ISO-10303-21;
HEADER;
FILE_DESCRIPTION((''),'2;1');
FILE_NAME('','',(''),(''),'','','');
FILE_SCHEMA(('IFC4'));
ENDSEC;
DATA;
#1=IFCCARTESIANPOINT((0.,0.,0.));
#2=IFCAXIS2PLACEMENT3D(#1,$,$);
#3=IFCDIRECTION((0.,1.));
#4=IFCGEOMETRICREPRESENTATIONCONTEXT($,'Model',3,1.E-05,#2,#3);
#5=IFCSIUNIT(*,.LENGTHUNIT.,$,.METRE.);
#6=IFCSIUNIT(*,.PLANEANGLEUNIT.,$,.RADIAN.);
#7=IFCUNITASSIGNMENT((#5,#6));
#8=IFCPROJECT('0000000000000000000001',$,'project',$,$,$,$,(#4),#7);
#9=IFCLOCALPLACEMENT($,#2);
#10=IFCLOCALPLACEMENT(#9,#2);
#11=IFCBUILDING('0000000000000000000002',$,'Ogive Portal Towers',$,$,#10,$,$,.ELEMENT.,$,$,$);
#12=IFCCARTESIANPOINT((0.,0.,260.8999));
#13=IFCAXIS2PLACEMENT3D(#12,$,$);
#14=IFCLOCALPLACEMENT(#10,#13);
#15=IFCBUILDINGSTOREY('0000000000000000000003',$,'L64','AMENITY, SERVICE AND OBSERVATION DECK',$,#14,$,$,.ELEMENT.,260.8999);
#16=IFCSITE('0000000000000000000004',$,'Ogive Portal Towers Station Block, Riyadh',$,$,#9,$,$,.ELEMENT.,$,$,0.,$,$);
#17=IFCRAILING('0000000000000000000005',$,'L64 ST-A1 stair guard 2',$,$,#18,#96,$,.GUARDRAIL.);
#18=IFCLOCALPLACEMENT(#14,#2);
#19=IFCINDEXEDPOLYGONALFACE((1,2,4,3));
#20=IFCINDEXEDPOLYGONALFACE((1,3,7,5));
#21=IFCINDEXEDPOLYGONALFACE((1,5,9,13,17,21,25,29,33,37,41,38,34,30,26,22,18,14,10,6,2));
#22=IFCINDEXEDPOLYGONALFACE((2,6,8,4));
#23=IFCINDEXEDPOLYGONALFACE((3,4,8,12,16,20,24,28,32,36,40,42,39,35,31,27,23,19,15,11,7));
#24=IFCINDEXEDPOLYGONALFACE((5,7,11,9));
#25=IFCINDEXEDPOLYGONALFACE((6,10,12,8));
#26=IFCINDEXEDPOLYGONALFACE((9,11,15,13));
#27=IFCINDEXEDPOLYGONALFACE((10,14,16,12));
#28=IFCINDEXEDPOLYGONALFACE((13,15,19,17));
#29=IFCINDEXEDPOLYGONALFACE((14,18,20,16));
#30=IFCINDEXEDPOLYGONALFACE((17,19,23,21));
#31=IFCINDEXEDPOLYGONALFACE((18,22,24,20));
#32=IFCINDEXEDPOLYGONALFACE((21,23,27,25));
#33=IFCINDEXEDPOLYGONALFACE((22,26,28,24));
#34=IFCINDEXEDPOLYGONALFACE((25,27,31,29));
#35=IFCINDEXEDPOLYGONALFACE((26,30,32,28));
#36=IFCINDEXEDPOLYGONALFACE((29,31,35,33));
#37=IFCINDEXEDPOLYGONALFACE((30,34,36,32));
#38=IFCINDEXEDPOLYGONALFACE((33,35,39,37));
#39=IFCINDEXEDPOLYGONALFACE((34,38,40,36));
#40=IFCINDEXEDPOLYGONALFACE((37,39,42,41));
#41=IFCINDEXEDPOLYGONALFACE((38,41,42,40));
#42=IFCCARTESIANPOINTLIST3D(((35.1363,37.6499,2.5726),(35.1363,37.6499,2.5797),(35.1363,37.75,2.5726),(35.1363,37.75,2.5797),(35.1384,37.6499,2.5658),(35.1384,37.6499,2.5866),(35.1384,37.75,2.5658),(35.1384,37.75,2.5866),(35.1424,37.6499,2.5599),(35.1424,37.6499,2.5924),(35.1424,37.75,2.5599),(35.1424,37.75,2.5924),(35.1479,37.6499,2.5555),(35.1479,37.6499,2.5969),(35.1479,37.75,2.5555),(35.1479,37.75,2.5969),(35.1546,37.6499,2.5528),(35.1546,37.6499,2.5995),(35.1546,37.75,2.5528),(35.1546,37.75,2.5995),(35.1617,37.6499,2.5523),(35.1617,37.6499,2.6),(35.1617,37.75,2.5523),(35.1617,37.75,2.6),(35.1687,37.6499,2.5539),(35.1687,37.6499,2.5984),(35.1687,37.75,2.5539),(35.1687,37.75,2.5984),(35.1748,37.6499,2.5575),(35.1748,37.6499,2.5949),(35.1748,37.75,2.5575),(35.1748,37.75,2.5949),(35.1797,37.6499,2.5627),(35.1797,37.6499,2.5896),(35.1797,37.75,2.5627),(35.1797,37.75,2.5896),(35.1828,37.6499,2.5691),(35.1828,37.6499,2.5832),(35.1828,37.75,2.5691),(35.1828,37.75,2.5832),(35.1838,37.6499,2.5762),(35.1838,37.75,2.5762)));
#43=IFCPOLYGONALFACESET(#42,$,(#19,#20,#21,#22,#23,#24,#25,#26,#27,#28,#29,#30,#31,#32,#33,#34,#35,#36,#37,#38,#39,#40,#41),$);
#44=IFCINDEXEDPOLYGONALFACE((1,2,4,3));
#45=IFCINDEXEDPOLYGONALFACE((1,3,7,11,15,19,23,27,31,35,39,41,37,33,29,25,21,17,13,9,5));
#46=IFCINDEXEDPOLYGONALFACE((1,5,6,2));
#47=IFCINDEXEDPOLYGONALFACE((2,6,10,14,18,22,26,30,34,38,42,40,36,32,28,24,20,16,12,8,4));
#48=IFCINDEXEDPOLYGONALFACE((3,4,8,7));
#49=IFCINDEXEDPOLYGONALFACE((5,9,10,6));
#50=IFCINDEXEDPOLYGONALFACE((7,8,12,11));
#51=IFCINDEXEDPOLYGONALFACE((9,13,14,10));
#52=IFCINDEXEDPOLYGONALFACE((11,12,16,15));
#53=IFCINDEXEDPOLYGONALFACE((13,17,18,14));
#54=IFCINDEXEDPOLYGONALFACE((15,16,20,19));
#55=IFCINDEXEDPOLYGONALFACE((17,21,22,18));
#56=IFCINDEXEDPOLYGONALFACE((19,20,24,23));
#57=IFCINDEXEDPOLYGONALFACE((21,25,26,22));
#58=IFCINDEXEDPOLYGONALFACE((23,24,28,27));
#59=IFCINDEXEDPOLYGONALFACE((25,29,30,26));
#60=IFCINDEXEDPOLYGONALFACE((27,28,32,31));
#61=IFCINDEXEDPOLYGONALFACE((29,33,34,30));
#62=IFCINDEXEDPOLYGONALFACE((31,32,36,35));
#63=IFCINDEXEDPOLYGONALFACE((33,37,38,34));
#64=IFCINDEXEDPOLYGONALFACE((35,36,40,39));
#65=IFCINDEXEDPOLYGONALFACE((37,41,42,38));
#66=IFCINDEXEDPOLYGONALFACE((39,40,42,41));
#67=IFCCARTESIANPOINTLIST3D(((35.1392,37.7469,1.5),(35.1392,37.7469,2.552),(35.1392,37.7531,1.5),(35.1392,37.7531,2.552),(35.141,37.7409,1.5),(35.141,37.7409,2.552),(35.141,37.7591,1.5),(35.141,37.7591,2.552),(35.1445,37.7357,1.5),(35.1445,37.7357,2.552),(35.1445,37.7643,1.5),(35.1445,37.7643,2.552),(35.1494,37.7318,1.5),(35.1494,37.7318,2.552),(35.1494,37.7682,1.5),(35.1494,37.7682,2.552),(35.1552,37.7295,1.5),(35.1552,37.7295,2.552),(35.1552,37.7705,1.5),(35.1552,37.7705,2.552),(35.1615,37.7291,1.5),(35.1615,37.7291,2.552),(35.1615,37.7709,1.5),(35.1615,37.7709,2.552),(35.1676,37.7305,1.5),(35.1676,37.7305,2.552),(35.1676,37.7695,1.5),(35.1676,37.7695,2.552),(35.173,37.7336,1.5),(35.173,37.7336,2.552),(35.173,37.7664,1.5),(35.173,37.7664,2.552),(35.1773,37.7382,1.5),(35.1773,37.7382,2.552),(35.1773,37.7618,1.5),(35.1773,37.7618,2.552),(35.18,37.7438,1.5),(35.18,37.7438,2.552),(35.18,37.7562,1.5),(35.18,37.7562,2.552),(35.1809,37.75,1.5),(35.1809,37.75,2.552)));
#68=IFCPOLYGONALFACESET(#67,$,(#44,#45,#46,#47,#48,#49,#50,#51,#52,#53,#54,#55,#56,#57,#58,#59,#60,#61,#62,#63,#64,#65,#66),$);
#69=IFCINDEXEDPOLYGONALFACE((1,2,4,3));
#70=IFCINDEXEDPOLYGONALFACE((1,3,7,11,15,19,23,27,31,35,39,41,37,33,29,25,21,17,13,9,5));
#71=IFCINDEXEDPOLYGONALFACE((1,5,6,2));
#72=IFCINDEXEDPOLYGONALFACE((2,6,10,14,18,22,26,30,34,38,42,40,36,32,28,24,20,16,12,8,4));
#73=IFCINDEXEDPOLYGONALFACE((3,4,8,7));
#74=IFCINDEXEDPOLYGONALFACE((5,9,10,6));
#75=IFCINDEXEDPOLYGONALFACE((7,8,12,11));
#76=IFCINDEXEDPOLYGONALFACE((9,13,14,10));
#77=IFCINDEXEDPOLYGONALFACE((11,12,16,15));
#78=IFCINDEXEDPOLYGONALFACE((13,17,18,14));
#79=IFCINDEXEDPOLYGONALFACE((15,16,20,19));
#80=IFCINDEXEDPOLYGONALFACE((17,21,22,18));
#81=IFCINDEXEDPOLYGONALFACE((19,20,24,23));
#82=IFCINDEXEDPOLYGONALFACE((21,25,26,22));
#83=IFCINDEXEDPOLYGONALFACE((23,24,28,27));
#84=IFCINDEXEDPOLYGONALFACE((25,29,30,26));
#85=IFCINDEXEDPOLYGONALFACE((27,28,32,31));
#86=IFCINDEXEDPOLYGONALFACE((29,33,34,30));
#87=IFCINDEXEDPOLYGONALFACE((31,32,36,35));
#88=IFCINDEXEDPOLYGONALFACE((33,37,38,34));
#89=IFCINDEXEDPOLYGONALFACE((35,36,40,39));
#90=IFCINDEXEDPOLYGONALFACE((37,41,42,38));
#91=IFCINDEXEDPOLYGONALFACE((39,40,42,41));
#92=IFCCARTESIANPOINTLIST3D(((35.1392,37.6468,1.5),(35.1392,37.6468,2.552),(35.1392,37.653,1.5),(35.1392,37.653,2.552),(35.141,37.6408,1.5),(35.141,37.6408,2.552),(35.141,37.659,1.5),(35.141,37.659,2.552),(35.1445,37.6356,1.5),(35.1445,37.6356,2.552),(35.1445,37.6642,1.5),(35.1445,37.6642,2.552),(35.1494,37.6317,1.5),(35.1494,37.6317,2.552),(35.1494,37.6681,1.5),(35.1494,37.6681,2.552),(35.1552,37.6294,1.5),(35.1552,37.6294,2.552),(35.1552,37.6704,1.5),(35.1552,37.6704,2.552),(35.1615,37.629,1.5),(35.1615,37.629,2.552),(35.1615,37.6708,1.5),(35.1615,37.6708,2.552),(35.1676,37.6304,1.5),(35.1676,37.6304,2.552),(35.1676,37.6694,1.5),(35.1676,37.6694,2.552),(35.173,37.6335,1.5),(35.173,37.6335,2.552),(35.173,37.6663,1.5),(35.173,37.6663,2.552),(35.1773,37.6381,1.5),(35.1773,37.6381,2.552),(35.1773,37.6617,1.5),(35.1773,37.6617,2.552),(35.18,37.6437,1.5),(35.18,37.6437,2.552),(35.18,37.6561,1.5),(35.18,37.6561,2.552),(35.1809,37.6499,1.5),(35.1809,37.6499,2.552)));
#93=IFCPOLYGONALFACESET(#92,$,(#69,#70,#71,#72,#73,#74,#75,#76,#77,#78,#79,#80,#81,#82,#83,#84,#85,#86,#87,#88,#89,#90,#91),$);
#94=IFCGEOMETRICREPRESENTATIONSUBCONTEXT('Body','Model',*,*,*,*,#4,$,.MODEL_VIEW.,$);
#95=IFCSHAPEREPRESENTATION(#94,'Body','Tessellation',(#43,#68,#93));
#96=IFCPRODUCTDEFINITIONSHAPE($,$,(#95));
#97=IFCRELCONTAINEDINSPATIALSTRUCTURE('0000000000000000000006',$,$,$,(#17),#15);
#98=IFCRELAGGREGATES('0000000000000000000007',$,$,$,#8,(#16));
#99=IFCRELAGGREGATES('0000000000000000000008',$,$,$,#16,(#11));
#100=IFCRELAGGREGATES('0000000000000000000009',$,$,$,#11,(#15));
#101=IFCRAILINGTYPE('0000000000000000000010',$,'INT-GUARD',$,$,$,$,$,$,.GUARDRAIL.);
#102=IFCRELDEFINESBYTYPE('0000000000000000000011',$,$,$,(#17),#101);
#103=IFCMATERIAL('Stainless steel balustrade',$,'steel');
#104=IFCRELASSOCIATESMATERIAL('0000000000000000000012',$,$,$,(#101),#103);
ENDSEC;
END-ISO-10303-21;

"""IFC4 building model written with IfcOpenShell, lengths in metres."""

from ifc_helpers import new_model, si_unit, direction, frame, origin, origin_2d, place, context, subcontext, project, spatial, circle, extrude, material, type_object, element, save


model = new_model("IFC4")

# Units and contexts
model_context = context("Model", 3, precision=1e-05, world=origin(), true_north=direction((0.0, 1.0)))
body_context = subcontext(model_context, "Body", "Model", "MODEL_VIEW")
ifc_project = project(units=[si_unit("LENGTHUNIT", "METRE"), si_unit("PLANEANGLEUNIT", "RADIAN")], contexts=[model_context])

# Site, building, storey
site_placement = place(None, origin())
site = spatial("IfcSite", under=ifc_project, at=site_placement, Name="Ogive Portal Towers Station Block, Riyadh", CompositionType="ELEMENT", RefElevation=0.0)
building_placement = place(site_placement, origin())
building = spatial("IfcBuilding", under=site, at=building_placement, Name="Ogive Portal Towers", CompositionType="ELEMENT")
storey_placement = place(building_placement, frame((0.0, 0.0, 260.8999)))
storey = spatial("IfcBuildingStorey", under=building, at=storey_placement, Name="L64", Description="AMENITY, SERVICE AND OBSERVATION DECK", CompositionType="ELEMENT", Elevation=260.8999)

# Railing
ifc_material_1 = material(Name="Stainless steel balustrade", Category="steel")
railing_type_1 = type_object("IfcRailingType", Name="INT-GUARD", PredefinedType="GUARDRAIL", material=ifc_material_1)
railing_1_placement = place(storey_placement, frame((35.1599, 37.75, 1.5)))
element("IfcRailing", 1, at=railing_1_placement, inside=storey, type_object=railing_type_1, Name="L64 ST-A1 stair guard 2", PredefinedType="GUARDRAIL", context=body_context, shape_type="SweptSolid", body=[
    extrude(circle(Radius=0.0239, at=origin_2d()), frame((0.0, 0.0, 1.0762), z_axis=(0.0, -1.0, 0.0), x_axis=(1.0, 0.0, 0.0)), (0.0, 0.0, 1.0), 0.1001),
    extrude(circle(Radius=0.021, at=origin_2d()), origin(), (0.0, 0.0, 1.0), 1.052),
    extrude(circle(Radius=0.021, at=origin_2d()), frame((0.0, -0.1001, 0.0)), (0.0, 0.0, 1.0), 1.052),
])

save(model, "model.ifc")
